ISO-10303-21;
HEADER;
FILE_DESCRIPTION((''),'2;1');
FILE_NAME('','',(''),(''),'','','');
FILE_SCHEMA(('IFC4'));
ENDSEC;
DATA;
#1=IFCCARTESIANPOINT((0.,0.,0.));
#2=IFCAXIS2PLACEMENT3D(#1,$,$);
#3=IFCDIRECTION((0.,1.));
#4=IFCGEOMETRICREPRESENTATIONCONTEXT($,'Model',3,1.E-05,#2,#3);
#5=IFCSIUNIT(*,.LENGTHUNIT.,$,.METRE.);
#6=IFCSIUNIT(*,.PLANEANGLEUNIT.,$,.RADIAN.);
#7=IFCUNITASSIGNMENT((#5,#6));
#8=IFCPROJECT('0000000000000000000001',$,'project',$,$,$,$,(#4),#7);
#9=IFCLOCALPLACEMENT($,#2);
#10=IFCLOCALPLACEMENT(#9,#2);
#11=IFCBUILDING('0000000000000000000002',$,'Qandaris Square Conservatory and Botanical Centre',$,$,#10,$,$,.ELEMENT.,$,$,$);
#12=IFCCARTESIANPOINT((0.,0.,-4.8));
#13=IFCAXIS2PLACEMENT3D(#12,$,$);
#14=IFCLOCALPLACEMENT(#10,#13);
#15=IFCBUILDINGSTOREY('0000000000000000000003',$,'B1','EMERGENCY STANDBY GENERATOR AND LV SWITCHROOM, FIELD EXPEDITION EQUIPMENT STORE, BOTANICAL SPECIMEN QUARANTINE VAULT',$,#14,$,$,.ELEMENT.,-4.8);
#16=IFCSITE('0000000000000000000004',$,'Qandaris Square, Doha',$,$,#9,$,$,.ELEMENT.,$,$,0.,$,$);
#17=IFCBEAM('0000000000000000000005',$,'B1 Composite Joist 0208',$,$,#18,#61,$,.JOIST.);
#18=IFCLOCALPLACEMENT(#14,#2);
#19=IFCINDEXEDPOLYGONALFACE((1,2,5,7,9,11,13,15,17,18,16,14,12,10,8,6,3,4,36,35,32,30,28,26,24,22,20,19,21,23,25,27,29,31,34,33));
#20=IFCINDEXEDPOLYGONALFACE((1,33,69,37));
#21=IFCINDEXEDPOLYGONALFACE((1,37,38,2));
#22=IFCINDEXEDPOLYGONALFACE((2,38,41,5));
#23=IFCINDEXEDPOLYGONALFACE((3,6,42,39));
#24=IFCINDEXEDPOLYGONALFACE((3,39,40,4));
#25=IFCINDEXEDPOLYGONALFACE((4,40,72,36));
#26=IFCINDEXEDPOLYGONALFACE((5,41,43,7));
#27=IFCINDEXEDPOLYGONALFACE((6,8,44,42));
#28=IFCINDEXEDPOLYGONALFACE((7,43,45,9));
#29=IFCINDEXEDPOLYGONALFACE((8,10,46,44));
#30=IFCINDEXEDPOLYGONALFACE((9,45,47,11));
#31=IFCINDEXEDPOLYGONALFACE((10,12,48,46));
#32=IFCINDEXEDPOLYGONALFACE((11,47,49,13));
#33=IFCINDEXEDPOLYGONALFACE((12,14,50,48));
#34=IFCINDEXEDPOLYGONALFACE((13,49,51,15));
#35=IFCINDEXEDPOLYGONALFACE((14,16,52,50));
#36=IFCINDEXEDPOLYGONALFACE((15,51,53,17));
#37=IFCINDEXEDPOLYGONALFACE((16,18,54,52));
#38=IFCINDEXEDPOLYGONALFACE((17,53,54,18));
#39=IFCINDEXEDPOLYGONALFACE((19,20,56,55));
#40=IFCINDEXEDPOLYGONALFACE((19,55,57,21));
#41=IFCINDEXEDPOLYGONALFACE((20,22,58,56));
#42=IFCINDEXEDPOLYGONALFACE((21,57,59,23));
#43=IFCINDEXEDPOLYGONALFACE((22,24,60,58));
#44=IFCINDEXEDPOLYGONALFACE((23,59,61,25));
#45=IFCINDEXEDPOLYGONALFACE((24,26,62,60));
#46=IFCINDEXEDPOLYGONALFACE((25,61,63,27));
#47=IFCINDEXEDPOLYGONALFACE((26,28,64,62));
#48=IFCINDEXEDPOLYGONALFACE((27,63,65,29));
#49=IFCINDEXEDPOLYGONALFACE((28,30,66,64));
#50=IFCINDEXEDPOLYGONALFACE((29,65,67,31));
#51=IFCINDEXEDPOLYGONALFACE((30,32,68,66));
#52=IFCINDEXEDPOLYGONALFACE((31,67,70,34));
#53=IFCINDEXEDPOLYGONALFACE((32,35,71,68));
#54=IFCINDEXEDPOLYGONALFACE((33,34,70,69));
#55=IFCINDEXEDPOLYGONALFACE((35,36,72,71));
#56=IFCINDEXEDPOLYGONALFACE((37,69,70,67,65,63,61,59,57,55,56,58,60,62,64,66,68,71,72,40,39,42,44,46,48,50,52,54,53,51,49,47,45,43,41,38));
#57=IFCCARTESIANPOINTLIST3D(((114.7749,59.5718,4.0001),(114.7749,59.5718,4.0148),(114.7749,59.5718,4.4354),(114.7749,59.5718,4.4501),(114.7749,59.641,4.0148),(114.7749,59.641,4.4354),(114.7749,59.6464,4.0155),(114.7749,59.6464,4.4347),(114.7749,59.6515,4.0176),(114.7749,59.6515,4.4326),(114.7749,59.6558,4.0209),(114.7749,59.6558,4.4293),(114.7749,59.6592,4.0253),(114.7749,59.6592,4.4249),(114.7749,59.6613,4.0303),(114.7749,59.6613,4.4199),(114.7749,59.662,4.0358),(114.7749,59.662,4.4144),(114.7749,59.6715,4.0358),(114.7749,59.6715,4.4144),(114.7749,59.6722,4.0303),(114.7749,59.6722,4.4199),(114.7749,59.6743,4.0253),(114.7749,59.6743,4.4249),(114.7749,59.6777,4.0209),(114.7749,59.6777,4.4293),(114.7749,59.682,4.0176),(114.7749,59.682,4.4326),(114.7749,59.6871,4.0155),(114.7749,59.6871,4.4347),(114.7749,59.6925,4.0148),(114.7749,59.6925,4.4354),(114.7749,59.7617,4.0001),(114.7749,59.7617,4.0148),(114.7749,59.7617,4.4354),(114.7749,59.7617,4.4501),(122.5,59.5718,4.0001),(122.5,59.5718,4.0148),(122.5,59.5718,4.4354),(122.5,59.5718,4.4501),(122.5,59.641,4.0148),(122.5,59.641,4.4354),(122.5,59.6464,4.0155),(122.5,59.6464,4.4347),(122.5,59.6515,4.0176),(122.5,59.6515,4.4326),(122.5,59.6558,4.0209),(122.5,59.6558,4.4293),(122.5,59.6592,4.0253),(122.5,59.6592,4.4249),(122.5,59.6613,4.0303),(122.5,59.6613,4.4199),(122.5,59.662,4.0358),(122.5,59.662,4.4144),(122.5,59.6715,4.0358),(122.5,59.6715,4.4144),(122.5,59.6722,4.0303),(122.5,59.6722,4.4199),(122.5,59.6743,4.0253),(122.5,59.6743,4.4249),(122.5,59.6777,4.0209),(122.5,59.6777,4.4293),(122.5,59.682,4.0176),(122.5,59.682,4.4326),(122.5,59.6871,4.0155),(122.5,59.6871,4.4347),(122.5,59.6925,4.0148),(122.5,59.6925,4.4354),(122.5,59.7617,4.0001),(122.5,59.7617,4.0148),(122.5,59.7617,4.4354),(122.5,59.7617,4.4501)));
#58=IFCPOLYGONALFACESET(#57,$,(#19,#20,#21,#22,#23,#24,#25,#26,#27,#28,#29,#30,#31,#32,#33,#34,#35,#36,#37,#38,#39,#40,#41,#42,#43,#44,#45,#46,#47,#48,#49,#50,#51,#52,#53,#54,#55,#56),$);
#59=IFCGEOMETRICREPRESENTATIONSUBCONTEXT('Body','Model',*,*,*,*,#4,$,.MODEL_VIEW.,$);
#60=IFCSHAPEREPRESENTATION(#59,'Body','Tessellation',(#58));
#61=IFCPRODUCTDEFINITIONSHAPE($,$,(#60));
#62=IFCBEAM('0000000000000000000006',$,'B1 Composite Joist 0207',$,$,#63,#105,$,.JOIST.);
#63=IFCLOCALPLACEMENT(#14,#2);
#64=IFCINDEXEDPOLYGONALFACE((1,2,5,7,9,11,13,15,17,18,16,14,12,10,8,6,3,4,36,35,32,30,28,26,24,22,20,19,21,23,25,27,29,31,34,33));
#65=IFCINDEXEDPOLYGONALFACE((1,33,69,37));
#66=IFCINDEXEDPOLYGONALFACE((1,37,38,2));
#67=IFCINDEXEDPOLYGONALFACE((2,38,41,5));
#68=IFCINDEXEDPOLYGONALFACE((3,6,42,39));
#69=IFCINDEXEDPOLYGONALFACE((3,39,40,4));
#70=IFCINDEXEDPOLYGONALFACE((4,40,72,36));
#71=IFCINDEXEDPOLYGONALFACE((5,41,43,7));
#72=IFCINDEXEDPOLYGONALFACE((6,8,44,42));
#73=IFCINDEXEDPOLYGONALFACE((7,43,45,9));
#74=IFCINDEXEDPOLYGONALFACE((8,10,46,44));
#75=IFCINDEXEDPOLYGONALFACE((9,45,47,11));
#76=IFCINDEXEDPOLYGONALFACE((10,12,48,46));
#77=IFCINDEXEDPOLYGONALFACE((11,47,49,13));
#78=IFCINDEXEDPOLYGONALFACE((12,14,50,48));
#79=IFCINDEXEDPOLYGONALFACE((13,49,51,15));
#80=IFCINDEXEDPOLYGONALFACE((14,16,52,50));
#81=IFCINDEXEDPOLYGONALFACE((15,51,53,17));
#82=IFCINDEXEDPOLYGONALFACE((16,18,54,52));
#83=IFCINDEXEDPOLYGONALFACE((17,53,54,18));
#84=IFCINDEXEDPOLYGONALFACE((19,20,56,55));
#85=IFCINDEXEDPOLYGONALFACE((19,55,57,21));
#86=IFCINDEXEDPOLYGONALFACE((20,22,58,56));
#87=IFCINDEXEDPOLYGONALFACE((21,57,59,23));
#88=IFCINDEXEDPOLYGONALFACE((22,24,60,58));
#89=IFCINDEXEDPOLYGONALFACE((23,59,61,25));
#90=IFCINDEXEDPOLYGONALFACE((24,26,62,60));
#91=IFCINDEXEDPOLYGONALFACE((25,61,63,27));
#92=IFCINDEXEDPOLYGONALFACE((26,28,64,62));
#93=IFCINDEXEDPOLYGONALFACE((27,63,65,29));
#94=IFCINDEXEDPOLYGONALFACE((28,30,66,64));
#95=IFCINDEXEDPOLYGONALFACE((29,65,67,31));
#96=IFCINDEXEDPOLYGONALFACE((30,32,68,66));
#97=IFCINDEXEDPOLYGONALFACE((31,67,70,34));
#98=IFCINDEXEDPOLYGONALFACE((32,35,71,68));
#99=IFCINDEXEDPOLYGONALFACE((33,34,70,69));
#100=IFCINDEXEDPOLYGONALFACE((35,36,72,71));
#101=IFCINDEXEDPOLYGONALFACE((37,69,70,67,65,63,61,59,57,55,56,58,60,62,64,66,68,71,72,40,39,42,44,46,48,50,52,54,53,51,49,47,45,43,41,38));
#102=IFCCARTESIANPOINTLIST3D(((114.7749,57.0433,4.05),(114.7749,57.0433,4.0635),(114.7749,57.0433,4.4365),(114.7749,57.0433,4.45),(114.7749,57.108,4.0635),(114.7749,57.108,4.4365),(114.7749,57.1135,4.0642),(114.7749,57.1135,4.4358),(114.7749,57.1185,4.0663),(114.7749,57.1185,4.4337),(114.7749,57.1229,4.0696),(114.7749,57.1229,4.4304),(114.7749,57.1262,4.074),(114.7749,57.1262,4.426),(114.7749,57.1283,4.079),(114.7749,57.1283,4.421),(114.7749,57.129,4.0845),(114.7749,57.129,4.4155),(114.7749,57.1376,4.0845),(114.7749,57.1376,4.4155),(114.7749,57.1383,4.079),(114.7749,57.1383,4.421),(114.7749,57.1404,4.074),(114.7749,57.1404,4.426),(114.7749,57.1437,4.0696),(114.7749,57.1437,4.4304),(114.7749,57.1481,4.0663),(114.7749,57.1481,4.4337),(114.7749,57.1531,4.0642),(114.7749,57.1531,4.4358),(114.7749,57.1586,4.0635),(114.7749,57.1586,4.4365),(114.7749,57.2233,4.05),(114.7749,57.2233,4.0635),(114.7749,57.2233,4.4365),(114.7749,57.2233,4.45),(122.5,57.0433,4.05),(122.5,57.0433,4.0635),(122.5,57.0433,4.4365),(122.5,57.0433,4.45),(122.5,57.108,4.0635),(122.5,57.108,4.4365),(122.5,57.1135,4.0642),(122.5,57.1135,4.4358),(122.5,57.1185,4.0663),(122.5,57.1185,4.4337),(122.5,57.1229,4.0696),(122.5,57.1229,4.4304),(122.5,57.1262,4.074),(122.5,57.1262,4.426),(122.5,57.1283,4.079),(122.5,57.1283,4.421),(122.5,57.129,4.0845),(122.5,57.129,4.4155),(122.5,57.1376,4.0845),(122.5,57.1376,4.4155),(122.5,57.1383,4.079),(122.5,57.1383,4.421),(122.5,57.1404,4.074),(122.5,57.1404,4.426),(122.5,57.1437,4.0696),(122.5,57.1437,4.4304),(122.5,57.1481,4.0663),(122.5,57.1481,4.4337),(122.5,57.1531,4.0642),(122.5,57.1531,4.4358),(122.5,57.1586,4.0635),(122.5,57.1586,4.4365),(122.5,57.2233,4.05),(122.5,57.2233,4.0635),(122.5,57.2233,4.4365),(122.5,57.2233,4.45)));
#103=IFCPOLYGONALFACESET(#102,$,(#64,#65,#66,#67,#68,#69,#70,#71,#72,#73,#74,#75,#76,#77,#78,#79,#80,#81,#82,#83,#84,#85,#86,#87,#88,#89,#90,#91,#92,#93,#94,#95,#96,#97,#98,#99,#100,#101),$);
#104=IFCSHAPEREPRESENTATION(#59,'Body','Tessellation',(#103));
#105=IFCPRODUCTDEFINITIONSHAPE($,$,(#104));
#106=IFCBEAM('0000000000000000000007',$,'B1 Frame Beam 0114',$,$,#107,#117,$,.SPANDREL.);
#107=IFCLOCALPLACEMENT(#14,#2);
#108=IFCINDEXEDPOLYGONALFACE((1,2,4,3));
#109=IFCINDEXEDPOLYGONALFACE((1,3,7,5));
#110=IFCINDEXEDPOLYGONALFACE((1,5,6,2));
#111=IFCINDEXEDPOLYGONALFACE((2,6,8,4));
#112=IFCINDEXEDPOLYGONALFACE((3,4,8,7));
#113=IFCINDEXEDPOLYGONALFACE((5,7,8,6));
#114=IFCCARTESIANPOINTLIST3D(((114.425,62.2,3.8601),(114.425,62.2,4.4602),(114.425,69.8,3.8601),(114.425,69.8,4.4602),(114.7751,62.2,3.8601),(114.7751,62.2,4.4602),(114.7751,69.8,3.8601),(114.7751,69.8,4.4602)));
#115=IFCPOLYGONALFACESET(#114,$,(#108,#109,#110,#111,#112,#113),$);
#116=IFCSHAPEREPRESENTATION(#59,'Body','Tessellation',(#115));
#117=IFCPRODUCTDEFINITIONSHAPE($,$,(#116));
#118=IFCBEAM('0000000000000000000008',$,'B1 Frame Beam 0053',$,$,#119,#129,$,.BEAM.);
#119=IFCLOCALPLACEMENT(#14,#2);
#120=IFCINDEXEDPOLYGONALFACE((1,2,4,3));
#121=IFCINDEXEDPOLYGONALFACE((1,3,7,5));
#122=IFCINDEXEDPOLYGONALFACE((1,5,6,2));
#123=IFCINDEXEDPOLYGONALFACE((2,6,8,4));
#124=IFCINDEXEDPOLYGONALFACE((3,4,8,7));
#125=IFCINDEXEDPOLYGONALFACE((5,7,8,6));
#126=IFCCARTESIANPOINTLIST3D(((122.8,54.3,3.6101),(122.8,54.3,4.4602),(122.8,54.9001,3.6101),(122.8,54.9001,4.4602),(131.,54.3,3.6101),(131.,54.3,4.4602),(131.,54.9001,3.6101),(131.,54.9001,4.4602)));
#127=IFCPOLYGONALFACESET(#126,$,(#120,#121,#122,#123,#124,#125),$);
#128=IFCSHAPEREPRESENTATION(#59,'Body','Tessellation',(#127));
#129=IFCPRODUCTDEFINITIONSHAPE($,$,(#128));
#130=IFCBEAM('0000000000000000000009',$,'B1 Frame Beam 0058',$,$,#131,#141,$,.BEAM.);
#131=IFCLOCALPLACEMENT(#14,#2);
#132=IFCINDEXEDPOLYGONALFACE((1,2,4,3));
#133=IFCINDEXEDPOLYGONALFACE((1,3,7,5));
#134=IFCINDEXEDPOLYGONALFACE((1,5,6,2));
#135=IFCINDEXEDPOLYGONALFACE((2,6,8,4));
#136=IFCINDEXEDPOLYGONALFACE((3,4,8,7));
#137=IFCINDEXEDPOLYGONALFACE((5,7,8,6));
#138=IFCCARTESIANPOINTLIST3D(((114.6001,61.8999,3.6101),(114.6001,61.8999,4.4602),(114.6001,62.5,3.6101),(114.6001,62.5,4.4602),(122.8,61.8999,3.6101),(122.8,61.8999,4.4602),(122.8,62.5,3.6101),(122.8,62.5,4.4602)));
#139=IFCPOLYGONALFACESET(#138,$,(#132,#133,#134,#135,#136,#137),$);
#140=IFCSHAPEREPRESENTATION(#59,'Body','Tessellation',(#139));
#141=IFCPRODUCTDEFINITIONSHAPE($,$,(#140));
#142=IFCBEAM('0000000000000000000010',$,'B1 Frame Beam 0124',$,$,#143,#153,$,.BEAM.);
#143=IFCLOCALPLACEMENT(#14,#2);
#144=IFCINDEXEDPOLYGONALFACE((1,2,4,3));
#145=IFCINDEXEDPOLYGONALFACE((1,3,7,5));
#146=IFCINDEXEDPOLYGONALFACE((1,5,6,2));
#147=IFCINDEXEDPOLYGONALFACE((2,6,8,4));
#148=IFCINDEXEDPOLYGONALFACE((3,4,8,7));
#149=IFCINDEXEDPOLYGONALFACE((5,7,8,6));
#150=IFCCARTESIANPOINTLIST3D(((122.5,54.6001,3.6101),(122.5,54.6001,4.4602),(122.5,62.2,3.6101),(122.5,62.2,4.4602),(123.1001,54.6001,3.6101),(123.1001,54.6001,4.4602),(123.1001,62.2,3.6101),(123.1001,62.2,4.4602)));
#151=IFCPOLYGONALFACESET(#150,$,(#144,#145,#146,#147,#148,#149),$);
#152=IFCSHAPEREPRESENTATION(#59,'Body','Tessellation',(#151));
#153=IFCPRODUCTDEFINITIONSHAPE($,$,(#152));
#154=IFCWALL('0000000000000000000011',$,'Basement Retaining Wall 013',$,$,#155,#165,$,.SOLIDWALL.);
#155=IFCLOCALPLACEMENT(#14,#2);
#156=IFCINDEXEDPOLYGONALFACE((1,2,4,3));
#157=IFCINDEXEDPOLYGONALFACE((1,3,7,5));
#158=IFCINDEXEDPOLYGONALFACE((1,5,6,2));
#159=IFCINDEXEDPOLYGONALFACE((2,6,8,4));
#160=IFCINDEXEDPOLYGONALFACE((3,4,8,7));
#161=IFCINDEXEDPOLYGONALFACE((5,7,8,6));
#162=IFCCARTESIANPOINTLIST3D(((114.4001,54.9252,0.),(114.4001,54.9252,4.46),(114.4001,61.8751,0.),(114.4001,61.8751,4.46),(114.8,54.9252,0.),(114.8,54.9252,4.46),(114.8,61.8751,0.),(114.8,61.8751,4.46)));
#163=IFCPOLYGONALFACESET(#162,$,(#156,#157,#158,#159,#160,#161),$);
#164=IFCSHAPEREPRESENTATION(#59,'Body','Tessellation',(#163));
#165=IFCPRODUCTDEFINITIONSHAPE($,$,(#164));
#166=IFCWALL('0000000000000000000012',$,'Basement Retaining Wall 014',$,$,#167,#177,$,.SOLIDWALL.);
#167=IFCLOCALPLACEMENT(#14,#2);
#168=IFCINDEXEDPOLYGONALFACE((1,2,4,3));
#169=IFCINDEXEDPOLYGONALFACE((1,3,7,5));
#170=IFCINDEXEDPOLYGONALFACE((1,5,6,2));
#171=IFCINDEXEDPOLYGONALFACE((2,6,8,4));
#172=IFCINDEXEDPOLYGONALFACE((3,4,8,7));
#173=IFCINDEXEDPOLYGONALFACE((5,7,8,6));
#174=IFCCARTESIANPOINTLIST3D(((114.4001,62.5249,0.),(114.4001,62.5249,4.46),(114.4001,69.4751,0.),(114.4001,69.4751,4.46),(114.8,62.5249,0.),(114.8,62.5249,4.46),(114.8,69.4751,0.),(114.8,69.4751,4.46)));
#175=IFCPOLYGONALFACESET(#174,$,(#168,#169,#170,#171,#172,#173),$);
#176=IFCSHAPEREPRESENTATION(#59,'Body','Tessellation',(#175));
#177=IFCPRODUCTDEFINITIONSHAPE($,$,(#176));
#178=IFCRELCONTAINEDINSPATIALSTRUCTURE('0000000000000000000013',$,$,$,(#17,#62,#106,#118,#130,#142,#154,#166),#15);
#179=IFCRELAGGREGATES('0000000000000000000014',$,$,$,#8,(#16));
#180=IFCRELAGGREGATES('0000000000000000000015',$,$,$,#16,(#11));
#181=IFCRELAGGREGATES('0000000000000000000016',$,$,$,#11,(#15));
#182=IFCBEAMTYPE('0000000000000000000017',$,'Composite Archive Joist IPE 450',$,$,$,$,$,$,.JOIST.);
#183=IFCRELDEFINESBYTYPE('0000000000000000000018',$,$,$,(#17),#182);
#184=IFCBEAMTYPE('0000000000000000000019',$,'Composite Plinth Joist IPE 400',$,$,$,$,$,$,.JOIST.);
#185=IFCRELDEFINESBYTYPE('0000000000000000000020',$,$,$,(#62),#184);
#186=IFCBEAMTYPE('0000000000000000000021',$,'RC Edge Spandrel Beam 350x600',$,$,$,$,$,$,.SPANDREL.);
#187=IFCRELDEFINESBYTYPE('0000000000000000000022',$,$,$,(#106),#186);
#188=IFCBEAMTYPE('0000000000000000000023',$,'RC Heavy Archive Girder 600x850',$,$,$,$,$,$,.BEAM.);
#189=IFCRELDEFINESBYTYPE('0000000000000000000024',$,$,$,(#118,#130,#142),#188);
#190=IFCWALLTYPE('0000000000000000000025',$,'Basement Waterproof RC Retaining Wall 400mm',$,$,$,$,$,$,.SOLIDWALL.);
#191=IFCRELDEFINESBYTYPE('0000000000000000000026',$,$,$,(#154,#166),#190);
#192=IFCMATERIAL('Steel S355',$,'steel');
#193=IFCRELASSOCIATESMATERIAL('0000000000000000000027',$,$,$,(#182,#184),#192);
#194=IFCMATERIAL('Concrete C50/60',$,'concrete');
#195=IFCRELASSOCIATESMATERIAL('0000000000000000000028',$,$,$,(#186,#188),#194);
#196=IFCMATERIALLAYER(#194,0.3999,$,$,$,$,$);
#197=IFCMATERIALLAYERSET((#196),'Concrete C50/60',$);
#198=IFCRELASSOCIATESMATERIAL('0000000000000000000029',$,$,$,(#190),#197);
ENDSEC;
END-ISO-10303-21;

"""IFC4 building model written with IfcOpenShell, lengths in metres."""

from ifc_helpers import new_model, si_unit, direction, frame, frame_2d, origin, origin_2d, place, context, subcontext, project, spatial, rectangle, i_section, extrude, material, layer, layer_set, material_profile, profile_set, type_object, element, save


model = new_model("IFC4")

# Units and contexts
model_context = context("Model", 3, precision=1e-05, world=origin(), true_north=direction((0.0, 1.0)))
body_context = subcontext(model_context, "Body", "Model", "MODEL_VIEW")
ifc_project = project(units=[si_unit("LENGTHUNIT", "METRE"), si_unit("PLANEANGLEUNIT", "RADIAN")], contexts=[model_context])

# Site, building, storey
site_placement = place(None, origin())
site = spatial("IfcSite", under=ifc_project, at=site_placement, Name="Qandaris Square, Doha", CompositionType="ELEMENT", RefElevation=0.0)
building_placement = place(site_placement, origin())
building = spatial("IfcBuilding", under=site, at=building_placement, Name="Qandaris Square Conservatory and Botanical Centre", CompositionType="ELEMENT")
storey_placement = place(building_placement, frame((0.0, 0.0, -4.8)))
storey = spatial("IfcBuildingStorey", under=building, at=storey_placement, Name="B1", Description="EMERGENCY STANDBY GENERATOR AND LV SWITCHROOM, FIELD EXPEDITION EQUIPMENT STORE, BOTANICAL SPECIMEN QUARANTINE VAULT", CompositionType="ELEMENT", Elevation=-4.8)

# Shared definitions
ifc_material_1 = material(Name="Concrete C50/60", Category="concrete")

# Beams
ifc_material_2 = material(Name="Steel S355", Category="steel")
ifc_material_profile_1 = material_profile(ifc_material_2, i_section(OverallWidth=0.1899, OverallDepth=0.45, WebThickness=0.0095, FlangeThickness=0.0146, FilletRadius=0.021, at=origin_2d()), Name="IPE 450")
ifc_profile_set_1 = profile_set([ifc_material_profile_1], Name="Steel S355")
beam_type_1 = type_object("IfcBeamType", Name="Composite Archive Joist IPE 450", PredefinedType="JOIST", material=ifc_profile_set_1)
beam_1_placement = place(storey_placement, frame((114.7749, 59.6667, 4.2251), z_axis=(1.0, 0.0, 0.0), x_axis=(0.0, 1.0, 0.0)))
element("IfcBeam", 1, at=beam_1_placement, inside=storey, type_object=beam_type_1, Name="B1 Composite Joist 0208", PredefinedType="JOIST", context=body_context, shape_type="SweptSolid", body=[
    extrude(i_section(OverallWidth=0.1899, OverallDepth=0.45, WebThickness=0.0095, FlangeThickness=0.0146, FilletRadius=0.021, at=origin_2d()), origin(), (0.0, 0.0, 1.0), 7.7251),
])
ifc_material_profile_2 = material_profile(ifc_material_2, i_section(OverallWidth=0.1799, OverallDepth=0.3999, WebThickness=0.0085, FlangeThickness=0.0134, FilletRadius=0.021, at=origin_2d()), Name="IPE 400")
ifc_profile_set_2 = profile_set([ifc_material_profile_2], Name="Steel S355")
beam_type_2 = type_object("IfcBeamType", Name="Composite Plinth Joist IPE 400", PredefinedType="JOIST", material=ifc_profile_set_2)
beam_2_placement = place(storey_placement, frame((114.7749, 57.1333, 4.25), z_axis=(1.0, 0.0, 0.0), x_axis=(0.0, 1.0, 0.0)))
element("IfcBeam", 2, at=beam_2_placement, inside=storey, type_object=beam_type_2, Name="B1 Composite Joist 0207", PredefinedType="JOIST", context=body_context, shape_type="SweptSolid", body=[
    extrude(i_section(OverallWidth=0.1799, OverallDepth=0.3999, WebThickness=0.0085, FlangeThickness=0.0134, FilletRadius=0.021, at=origin_2d()), origin(), (0.0, 0.0, 1.0), 7.7251),
])
ifc_material_profile_3 = material_profile(ifc_material_1, rectangle(XDim=0.3501, YDim=0.6001, at=origin_2d()), Name="RC-SP 350x600")
ifc_profile_set_3 = profile_set([ifc_material_profile_3], Name="Concrete C50/60")
beam_type_3 = type_object("IfcBeamType", Name="RC Edge Spandrel Beam 350x600", PredefinedType="SPANDREL", material=ifc_profile_set_3)
beam_3_placement = place(storey_placement, frame((114.6001, 62.2, 4.1602), z_axis=(0.0, 1.0, 0.0), x_axis=(-1.0, 0.0, 0.0)))
element("IfcBeam", 3, at=beam_3_placement, inside=storey, type_object=beam_type_3, Name="B1 Frame Beam 0114", PredefinedType="SPANDREL", context=body_context, shape_type="SweptSolid", body=[
    extrude(rectangle(XDim=0.3501, YDim=0.6001, at=origin_2d()), origin(), (0.0, 0.0, 1.0), 7.6001),
])
ifc_material_profile_4 = material_profile(ifc_material_1, rectangle(XDim=0.6001, YDim=0.8501, at=origin_2d()), Name="RC-BM 600x850")
ifc_profile_set_4 = profile_set([ifc_material_profile_4], Name="Concrete C50/60")
beam_type_4 = type_object("IfcBeamType", Name="RC Heavy Archive Girder 600x850", PredefinedType="BEAM", material=ifc_profile_set_4)
for number, where, z_axis, x_axis, name in (
    (4, (122.8, 54.6001, 4.0352), (1.0, 0.0, 0.0), (0.0, 1.0, 0.0), "B1 Frame Beam 0053"),
    (5, (114.6001, 62.2, 4.0352), (1.0, 0.0, 0.0), (0.0, 1.0, 0.0), "B1 Frame Beam 0058"),
):
    element("IfcBeam", number, at=place(storey_placement, frame(where, z_axis=z_axis, x_axis=x_axis)), inside=storey, type_object=beam_type_4, Name=name, PredefinedType="BEAM", context=body_context, shape_type="SweptSolid", body=[
        extrude(rectangle(XDim=0.6001, YDim=0.8501, at=origin_2d()), origin(), (0.0, 0.0, 1.0), 8.2),
    ])
beam_4_placement = place(storey_placement, frame((122.8, 54.6001, 4.0352), z_axis=(0.0, 1.0, 0.0), x_axis=(-1.0, 0.0, 0.0)))
element("IfcBeam", 6, at=beam_4_placement, inside=storey, type_object=beam_type_4, Name="B1 Frame Beam 0124", PredefinedType="BEAM", context=body_context, shape_type="SweptSolid", body=[
    extrude(rectangle(XDim=0.6001, YDim=0.8501, at=origin_2d()), origin(), (0.0, 0.0, 1.0), 7.5999),
])

# Walls
ifc_layer = layer(ifc_material_1, 0.3999)
ifc_layer_set = layer_set([ifc_layer], Name="Concrete C50/60")
wall_type = type_object("IfcWallType", Name="Basement Waterproof RC Retaining Wall 400mm", PredefinedType="SOLIDWALL", material=ifc_layer_set)
wall_1_placement = place(storey_placement, frame((114.6001, 54.925, 0.0), z_axis=(0.0, 0.0, 1.0), x_axis=(0.0, 1.0, 0.0)))
element("IfcWall", 7, at=wall_1_placement, inside=storey, type_object=wall_type, Name="Basement Retaining Wall 013", PredefinedType="SOLIDWALL", context=body_context, shape_type="SweptSolid", body=[
    extrude(rectangle(XDim=6.95, YDim=0.3999, at=frame_2d((3.4751, 0.0))), origin(), (0.0, 0.0, 1.0), 4.46),
])
wall_2_placement = place(storey_placement, frame((114.6001, 62.5249, 0.0), z_axis=(0.0, 0.0, 1.0), x_axis=(0.0, 1.0, 0.0)))
element("IfcWall", 8, at=wall_2_placement, inside=storey, type_object=wall_type, Name="Basement Retaining Wall 014", PredefinedType="SOLIDWALL", context=body_context, shape_type="SweptSolid", body=[
    extrude(rectangle(XDim=6.9502, YDim=0.3999, at=frame_2d((3.4751, 0.0))), origin(), (0.0, 0.0, 1.0), 4.46),
])

save(model, "model.ifc")
